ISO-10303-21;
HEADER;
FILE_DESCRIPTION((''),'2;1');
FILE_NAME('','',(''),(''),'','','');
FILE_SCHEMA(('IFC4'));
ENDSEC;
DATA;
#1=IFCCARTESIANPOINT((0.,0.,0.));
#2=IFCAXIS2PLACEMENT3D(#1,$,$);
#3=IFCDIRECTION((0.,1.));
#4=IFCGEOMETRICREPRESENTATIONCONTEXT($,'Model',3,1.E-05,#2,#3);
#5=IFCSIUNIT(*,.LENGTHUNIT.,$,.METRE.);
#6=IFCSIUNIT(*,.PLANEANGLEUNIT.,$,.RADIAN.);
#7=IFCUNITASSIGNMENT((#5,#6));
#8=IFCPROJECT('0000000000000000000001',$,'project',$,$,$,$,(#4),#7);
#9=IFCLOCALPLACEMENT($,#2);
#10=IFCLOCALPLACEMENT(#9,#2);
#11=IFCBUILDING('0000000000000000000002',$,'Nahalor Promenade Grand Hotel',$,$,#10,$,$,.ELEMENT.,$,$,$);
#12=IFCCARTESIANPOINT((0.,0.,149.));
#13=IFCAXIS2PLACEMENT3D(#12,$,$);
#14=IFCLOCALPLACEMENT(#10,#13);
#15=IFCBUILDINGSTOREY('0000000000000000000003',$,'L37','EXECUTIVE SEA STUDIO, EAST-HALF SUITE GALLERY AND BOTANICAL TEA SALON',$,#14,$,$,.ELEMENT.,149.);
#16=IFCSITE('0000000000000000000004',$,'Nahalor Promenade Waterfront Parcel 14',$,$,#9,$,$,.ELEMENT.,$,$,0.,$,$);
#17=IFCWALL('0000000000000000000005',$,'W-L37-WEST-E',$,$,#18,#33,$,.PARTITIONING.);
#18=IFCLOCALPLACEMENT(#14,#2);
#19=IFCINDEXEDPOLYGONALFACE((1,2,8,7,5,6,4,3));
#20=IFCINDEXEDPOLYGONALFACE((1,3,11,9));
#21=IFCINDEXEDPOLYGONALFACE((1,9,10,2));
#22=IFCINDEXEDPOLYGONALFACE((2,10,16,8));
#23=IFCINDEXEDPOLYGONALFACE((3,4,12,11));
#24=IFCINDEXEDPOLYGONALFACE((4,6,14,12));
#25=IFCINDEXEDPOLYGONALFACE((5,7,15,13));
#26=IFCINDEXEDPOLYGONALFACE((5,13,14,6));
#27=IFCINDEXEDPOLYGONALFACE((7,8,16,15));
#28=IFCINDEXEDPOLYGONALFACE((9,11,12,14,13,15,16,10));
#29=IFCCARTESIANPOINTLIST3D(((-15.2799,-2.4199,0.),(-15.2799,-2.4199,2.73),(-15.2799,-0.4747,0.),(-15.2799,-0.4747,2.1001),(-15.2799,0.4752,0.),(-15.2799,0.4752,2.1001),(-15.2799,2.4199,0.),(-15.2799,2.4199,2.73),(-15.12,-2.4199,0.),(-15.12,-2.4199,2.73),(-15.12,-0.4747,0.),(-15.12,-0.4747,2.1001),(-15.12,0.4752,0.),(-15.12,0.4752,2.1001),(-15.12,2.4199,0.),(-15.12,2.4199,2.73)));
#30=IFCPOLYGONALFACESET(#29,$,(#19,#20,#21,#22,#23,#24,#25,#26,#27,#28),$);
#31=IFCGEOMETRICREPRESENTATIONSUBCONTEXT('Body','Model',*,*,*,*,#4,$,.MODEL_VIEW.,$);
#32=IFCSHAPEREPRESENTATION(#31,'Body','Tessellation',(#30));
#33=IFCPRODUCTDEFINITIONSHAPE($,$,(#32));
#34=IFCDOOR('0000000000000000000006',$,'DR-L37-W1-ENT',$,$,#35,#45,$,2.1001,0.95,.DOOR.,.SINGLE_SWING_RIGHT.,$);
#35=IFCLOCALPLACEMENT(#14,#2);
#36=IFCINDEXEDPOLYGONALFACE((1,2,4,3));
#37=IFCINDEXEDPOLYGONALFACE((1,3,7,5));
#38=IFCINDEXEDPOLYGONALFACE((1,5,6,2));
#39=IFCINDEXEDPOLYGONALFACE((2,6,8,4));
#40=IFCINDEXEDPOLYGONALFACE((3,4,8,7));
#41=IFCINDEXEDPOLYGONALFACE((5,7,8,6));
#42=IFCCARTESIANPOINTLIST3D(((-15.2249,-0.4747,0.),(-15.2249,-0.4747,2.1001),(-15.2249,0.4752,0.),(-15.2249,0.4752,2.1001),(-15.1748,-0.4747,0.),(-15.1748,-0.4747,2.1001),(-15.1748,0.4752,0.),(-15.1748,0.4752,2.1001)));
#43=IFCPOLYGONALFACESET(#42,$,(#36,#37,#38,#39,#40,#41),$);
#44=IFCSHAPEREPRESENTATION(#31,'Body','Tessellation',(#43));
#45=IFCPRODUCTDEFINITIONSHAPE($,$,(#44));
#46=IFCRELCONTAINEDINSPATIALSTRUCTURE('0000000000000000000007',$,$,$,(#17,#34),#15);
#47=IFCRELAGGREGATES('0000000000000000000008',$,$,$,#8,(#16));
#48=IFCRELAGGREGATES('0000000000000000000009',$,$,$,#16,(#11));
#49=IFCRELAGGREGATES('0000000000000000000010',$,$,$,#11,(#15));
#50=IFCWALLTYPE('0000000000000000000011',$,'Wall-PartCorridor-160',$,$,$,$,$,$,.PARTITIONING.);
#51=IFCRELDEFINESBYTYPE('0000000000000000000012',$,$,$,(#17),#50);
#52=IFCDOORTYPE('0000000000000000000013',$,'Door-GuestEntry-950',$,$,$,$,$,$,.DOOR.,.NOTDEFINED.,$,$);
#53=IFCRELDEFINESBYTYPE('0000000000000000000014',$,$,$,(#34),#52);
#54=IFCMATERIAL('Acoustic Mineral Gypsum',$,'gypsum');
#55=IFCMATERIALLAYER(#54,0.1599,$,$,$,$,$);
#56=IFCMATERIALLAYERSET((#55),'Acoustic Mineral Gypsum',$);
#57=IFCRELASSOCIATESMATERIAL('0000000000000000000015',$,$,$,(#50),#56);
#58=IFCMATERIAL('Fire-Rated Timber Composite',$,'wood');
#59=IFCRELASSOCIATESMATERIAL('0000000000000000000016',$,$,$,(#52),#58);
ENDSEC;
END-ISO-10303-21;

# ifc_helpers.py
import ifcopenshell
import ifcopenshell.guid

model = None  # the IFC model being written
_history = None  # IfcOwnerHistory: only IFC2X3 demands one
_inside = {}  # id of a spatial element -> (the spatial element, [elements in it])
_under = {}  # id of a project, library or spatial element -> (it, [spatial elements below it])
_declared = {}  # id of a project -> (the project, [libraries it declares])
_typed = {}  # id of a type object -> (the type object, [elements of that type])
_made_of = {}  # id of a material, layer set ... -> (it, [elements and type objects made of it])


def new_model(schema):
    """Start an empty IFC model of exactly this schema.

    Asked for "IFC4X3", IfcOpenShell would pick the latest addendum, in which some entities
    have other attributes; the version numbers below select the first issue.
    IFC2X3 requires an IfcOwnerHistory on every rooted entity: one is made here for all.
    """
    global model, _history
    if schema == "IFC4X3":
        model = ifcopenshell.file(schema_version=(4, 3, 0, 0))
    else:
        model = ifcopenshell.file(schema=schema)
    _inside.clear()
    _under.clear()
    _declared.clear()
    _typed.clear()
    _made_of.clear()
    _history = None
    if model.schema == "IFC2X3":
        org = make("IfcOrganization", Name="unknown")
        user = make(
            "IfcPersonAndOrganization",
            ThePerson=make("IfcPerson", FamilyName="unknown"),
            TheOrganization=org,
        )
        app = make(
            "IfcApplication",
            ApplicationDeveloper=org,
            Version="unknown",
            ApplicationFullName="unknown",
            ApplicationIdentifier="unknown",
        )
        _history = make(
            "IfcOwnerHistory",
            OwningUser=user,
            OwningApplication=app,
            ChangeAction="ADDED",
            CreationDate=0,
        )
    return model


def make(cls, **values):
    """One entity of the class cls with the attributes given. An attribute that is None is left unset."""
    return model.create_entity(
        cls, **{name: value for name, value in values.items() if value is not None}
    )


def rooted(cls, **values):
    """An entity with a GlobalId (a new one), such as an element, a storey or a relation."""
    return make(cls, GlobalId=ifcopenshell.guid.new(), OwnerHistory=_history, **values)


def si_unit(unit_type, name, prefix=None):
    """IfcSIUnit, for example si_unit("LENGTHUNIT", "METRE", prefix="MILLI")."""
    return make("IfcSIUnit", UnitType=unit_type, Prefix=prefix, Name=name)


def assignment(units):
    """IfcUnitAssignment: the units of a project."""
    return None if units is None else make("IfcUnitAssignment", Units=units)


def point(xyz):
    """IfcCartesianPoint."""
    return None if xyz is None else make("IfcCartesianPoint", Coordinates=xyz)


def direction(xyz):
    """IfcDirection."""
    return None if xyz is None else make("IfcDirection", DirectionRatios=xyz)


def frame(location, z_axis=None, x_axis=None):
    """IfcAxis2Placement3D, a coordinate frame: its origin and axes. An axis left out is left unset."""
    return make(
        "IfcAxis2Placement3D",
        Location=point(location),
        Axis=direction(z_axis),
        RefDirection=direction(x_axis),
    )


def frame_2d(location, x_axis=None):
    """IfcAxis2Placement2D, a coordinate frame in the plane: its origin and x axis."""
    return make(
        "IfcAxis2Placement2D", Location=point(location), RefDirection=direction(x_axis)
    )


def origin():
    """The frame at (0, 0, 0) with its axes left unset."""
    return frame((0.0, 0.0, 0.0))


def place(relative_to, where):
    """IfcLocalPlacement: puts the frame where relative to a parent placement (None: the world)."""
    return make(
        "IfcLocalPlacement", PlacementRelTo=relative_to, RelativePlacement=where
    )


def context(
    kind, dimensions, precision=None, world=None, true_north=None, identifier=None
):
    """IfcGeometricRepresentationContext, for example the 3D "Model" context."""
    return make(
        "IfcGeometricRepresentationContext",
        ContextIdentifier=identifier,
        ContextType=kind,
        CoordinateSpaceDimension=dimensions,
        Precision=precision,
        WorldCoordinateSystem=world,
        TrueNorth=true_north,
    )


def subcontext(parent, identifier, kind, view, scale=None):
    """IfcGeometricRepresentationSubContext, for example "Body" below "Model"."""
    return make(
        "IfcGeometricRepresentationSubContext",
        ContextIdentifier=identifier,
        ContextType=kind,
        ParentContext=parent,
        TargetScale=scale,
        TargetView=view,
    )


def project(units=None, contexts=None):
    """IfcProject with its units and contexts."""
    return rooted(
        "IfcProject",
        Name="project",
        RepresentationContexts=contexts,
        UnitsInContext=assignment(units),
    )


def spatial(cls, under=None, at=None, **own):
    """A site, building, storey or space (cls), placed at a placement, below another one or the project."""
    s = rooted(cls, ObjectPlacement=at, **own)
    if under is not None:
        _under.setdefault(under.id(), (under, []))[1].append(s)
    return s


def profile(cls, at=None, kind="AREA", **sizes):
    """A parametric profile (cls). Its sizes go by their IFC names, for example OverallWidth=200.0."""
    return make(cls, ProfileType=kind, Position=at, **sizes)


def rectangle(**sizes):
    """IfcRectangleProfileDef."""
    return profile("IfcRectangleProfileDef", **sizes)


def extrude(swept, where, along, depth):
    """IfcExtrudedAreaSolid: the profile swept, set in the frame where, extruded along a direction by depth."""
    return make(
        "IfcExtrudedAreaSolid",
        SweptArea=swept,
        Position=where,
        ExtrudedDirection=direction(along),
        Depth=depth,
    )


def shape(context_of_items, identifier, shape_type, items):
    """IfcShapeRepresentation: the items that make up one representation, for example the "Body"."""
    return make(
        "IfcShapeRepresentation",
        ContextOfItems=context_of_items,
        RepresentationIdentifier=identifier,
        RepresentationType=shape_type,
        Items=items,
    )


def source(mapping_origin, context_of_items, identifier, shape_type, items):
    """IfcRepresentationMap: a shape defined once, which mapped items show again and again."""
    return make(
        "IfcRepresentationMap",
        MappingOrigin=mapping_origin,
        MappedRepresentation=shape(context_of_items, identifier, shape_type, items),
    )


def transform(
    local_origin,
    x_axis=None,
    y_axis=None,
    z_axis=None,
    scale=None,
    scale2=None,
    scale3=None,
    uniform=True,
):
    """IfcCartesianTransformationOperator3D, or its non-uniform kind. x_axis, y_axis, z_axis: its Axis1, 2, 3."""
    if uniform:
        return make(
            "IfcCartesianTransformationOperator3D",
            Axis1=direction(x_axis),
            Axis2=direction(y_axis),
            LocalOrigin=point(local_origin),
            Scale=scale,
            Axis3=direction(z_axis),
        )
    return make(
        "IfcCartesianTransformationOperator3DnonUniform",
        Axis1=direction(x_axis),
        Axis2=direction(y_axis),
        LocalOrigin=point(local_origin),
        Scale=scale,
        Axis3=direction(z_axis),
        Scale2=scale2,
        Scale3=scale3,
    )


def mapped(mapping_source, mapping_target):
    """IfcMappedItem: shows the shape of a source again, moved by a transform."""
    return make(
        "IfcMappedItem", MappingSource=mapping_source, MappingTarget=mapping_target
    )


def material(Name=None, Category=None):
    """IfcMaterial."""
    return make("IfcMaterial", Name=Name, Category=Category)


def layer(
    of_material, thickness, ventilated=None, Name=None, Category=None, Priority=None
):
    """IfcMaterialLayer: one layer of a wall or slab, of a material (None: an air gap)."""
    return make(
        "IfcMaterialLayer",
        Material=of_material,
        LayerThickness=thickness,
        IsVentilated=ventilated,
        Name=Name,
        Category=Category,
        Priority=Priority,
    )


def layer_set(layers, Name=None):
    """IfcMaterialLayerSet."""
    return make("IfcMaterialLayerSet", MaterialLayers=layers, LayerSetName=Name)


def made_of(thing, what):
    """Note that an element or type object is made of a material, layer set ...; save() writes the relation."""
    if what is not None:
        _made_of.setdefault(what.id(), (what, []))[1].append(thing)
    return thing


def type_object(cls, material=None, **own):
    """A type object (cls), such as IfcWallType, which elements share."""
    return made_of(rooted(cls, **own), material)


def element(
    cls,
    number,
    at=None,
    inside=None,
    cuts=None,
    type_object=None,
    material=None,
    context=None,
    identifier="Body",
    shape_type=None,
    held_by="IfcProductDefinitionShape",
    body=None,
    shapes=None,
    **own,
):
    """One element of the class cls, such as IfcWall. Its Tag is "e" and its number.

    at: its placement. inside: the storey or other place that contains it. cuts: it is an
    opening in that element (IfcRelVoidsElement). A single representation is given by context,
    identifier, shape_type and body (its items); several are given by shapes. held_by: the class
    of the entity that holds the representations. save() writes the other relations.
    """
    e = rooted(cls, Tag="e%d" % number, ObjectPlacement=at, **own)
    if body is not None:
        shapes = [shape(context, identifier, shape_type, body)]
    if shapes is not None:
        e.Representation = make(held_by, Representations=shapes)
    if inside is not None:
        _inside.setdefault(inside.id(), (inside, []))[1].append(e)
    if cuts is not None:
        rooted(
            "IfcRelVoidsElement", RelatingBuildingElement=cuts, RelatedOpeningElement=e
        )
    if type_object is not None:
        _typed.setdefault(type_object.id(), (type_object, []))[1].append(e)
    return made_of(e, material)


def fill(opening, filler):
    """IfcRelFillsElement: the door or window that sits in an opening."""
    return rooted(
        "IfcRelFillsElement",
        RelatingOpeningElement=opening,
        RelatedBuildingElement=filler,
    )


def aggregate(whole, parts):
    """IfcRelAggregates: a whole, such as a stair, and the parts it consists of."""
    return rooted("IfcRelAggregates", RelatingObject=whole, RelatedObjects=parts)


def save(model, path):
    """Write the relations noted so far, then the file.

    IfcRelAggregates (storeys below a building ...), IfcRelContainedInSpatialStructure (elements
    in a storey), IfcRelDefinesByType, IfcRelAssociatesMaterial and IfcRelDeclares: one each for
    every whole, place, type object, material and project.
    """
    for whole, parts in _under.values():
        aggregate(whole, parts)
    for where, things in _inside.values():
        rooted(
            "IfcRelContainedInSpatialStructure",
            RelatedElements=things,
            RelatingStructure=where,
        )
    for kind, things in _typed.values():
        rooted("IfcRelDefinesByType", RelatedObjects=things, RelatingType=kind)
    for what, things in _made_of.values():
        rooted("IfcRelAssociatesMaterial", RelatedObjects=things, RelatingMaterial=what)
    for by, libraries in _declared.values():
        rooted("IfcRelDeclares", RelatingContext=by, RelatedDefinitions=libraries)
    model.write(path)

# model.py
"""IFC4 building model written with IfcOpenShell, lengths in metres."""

from ifc_helpers import new_model, si_unit, direction, frame, frame_2d, origin, place, context, subcontext, project, spatial, rectangle, extrude, source, transform, mapped, material, layer, layer_set, type_object, element, fill, save


model = new_model("IFC4")

# Units and contexts
model_context = context("Model", 3, precision=1e-05, world=origin(), true_north=direction((0.0, 1.0)))
body_context = subcontext(model_context, "Body", "Model", "MODEL_VIEW")
ifc_project = project(units=[si_unit("LENGTHUNIT", "METRE"), si_unit("PLANEANGLEUNIT", "RADIAN")], contexts=[model_context])

# Site, building, storey
site_placement = place(None, origin())
site = spatial("IfcSite", under=ifc_project, at=site_placement, Name="Nahalor Promenade Waterfront Parcel 14", CompositionType="ELEMENT", RefElevation=0.0)
building_placement = place(site_placement, origin())
building = spatial("IfcBuilding", under=site, at=building_placement, Name="Nahalor Promenade Grand Hotel", CompositionType="ELEMENT")
storey_placement = place(building_placement, frame((0.0, 0.0, 149.0)))
storey = spatial("IfcBuildingStorey", under=building, at=storey_placement, Name="L37", Description="EXECUTIVE SEA STUDIO, EAST-HALF SUITE GALLERY AND BOTANICAL TEA SALON", CompositionType="ELEMENT", Elevation=149.0)

# Shared definitions
ifc_material_1 = material(Name="Acoustic Mineral Gypsum", Category="gypsum")
ifc_layer_1 = layer(ifc_material_1, 0.1599)
ifc_layer_set_1 = layer_set([ifc_layer_1], Name="Acoustic Mineral Gypsum")
wall_type_1 = type_object("IfcWallType", Name="Wall-PartCorridor-160", PredefinedType="PARTITIONING", material=ifc_layer_set_1)
ifc_material_2 = material(Name="Fire-Rated Timber Composite", Category="wood")
door_type_1 = type_object("IfcDoorType", Name="Door-GuestEntry-950", OperationType="NOTDEFINED", PredefinedType="DOOR", material=ifc_material_2)
shared_shape_1 = source(origin(), body_context, "Body", "SweptSolid", [
    extrude(rectangle(XDim=0.95, YDim=2.1001, at=frame_2d((0.4751, 1.05))), frame((0.0, 0.0249, 0.0), z_axis=(0.0, -1.0, 0.0), x_axis=(1.0, 0.0, 0.0)), (0.0, 0.0, 1.0), 0.05),
])

# Wall, opening, door
shared_shape_2 = source(origin(), body_context, "Body", "SweptSolid", [
    extrude(rectangle(XDim=4.8398, YDim=0.1599, at=frame_2d((2.4199, 0.0))), origin(), (0.0, 0.0, 1.0), 2.73),
])
wall_1_placement = place(storey_placement, frame((-15.2, -2.4199, 0.0), z_axis=(0.0, 0.0, 1.0), x_axis=(0.0, 1.0, 0.0)))
wall_1 = element("IfcWall", 1, at=wall_1_placement, inside=storey, type_object=wall_type_1, Name="W-L37-WEST-E", PredefinedType="PARTITIONING", context=body_context, shape_type="MappedRepresentation", body=[
    mapped(shared_shape_2, transform((0.0, 0.0, 0.0), scale=1.0)),
])
opening_1_placement = place(wall_1_placement, frame((1.9451, 0.0, 0.0)))
opening_1 = element("IfcOpeningElement", 2, at=opening_1_placement, cuts=wall_1, PredefinedType="OPENING", context=body_context, shape_type="SweptSolid", body=[
    extrude(rectangle(XDim=0.95, YDim=2.1001, at=frame_2d((0.4751, 1.05))), frame((0.0, 0.0898, 0.0), z_axis=(0.0, -1.0, 0.0), x_axis=(1.0, 0.0, 0.0)), (0.0, 0.0, 1.0), 0.1799),
])
door_1_placement = place(opening_1_placement, origin())
door_1 = element("IfcDoor", 3, at=door_1_placement, inside=storey, type_object=door_type_1, Name="DR-L37-W1-ENT", OperationType="SINGLE_SWING_RIGHT", OverallHeight=2.1001, OverallWidth=0.95, PredefinedType="DOOR", context=body_context, shape_type="MappedRepresentation", body=[
    mapped(shared_shape_1, transform((0.0, 0.0, 0.0), scale=1.0)),
])
fill(opening_1, door_1)

save(model, "model.ifc")
